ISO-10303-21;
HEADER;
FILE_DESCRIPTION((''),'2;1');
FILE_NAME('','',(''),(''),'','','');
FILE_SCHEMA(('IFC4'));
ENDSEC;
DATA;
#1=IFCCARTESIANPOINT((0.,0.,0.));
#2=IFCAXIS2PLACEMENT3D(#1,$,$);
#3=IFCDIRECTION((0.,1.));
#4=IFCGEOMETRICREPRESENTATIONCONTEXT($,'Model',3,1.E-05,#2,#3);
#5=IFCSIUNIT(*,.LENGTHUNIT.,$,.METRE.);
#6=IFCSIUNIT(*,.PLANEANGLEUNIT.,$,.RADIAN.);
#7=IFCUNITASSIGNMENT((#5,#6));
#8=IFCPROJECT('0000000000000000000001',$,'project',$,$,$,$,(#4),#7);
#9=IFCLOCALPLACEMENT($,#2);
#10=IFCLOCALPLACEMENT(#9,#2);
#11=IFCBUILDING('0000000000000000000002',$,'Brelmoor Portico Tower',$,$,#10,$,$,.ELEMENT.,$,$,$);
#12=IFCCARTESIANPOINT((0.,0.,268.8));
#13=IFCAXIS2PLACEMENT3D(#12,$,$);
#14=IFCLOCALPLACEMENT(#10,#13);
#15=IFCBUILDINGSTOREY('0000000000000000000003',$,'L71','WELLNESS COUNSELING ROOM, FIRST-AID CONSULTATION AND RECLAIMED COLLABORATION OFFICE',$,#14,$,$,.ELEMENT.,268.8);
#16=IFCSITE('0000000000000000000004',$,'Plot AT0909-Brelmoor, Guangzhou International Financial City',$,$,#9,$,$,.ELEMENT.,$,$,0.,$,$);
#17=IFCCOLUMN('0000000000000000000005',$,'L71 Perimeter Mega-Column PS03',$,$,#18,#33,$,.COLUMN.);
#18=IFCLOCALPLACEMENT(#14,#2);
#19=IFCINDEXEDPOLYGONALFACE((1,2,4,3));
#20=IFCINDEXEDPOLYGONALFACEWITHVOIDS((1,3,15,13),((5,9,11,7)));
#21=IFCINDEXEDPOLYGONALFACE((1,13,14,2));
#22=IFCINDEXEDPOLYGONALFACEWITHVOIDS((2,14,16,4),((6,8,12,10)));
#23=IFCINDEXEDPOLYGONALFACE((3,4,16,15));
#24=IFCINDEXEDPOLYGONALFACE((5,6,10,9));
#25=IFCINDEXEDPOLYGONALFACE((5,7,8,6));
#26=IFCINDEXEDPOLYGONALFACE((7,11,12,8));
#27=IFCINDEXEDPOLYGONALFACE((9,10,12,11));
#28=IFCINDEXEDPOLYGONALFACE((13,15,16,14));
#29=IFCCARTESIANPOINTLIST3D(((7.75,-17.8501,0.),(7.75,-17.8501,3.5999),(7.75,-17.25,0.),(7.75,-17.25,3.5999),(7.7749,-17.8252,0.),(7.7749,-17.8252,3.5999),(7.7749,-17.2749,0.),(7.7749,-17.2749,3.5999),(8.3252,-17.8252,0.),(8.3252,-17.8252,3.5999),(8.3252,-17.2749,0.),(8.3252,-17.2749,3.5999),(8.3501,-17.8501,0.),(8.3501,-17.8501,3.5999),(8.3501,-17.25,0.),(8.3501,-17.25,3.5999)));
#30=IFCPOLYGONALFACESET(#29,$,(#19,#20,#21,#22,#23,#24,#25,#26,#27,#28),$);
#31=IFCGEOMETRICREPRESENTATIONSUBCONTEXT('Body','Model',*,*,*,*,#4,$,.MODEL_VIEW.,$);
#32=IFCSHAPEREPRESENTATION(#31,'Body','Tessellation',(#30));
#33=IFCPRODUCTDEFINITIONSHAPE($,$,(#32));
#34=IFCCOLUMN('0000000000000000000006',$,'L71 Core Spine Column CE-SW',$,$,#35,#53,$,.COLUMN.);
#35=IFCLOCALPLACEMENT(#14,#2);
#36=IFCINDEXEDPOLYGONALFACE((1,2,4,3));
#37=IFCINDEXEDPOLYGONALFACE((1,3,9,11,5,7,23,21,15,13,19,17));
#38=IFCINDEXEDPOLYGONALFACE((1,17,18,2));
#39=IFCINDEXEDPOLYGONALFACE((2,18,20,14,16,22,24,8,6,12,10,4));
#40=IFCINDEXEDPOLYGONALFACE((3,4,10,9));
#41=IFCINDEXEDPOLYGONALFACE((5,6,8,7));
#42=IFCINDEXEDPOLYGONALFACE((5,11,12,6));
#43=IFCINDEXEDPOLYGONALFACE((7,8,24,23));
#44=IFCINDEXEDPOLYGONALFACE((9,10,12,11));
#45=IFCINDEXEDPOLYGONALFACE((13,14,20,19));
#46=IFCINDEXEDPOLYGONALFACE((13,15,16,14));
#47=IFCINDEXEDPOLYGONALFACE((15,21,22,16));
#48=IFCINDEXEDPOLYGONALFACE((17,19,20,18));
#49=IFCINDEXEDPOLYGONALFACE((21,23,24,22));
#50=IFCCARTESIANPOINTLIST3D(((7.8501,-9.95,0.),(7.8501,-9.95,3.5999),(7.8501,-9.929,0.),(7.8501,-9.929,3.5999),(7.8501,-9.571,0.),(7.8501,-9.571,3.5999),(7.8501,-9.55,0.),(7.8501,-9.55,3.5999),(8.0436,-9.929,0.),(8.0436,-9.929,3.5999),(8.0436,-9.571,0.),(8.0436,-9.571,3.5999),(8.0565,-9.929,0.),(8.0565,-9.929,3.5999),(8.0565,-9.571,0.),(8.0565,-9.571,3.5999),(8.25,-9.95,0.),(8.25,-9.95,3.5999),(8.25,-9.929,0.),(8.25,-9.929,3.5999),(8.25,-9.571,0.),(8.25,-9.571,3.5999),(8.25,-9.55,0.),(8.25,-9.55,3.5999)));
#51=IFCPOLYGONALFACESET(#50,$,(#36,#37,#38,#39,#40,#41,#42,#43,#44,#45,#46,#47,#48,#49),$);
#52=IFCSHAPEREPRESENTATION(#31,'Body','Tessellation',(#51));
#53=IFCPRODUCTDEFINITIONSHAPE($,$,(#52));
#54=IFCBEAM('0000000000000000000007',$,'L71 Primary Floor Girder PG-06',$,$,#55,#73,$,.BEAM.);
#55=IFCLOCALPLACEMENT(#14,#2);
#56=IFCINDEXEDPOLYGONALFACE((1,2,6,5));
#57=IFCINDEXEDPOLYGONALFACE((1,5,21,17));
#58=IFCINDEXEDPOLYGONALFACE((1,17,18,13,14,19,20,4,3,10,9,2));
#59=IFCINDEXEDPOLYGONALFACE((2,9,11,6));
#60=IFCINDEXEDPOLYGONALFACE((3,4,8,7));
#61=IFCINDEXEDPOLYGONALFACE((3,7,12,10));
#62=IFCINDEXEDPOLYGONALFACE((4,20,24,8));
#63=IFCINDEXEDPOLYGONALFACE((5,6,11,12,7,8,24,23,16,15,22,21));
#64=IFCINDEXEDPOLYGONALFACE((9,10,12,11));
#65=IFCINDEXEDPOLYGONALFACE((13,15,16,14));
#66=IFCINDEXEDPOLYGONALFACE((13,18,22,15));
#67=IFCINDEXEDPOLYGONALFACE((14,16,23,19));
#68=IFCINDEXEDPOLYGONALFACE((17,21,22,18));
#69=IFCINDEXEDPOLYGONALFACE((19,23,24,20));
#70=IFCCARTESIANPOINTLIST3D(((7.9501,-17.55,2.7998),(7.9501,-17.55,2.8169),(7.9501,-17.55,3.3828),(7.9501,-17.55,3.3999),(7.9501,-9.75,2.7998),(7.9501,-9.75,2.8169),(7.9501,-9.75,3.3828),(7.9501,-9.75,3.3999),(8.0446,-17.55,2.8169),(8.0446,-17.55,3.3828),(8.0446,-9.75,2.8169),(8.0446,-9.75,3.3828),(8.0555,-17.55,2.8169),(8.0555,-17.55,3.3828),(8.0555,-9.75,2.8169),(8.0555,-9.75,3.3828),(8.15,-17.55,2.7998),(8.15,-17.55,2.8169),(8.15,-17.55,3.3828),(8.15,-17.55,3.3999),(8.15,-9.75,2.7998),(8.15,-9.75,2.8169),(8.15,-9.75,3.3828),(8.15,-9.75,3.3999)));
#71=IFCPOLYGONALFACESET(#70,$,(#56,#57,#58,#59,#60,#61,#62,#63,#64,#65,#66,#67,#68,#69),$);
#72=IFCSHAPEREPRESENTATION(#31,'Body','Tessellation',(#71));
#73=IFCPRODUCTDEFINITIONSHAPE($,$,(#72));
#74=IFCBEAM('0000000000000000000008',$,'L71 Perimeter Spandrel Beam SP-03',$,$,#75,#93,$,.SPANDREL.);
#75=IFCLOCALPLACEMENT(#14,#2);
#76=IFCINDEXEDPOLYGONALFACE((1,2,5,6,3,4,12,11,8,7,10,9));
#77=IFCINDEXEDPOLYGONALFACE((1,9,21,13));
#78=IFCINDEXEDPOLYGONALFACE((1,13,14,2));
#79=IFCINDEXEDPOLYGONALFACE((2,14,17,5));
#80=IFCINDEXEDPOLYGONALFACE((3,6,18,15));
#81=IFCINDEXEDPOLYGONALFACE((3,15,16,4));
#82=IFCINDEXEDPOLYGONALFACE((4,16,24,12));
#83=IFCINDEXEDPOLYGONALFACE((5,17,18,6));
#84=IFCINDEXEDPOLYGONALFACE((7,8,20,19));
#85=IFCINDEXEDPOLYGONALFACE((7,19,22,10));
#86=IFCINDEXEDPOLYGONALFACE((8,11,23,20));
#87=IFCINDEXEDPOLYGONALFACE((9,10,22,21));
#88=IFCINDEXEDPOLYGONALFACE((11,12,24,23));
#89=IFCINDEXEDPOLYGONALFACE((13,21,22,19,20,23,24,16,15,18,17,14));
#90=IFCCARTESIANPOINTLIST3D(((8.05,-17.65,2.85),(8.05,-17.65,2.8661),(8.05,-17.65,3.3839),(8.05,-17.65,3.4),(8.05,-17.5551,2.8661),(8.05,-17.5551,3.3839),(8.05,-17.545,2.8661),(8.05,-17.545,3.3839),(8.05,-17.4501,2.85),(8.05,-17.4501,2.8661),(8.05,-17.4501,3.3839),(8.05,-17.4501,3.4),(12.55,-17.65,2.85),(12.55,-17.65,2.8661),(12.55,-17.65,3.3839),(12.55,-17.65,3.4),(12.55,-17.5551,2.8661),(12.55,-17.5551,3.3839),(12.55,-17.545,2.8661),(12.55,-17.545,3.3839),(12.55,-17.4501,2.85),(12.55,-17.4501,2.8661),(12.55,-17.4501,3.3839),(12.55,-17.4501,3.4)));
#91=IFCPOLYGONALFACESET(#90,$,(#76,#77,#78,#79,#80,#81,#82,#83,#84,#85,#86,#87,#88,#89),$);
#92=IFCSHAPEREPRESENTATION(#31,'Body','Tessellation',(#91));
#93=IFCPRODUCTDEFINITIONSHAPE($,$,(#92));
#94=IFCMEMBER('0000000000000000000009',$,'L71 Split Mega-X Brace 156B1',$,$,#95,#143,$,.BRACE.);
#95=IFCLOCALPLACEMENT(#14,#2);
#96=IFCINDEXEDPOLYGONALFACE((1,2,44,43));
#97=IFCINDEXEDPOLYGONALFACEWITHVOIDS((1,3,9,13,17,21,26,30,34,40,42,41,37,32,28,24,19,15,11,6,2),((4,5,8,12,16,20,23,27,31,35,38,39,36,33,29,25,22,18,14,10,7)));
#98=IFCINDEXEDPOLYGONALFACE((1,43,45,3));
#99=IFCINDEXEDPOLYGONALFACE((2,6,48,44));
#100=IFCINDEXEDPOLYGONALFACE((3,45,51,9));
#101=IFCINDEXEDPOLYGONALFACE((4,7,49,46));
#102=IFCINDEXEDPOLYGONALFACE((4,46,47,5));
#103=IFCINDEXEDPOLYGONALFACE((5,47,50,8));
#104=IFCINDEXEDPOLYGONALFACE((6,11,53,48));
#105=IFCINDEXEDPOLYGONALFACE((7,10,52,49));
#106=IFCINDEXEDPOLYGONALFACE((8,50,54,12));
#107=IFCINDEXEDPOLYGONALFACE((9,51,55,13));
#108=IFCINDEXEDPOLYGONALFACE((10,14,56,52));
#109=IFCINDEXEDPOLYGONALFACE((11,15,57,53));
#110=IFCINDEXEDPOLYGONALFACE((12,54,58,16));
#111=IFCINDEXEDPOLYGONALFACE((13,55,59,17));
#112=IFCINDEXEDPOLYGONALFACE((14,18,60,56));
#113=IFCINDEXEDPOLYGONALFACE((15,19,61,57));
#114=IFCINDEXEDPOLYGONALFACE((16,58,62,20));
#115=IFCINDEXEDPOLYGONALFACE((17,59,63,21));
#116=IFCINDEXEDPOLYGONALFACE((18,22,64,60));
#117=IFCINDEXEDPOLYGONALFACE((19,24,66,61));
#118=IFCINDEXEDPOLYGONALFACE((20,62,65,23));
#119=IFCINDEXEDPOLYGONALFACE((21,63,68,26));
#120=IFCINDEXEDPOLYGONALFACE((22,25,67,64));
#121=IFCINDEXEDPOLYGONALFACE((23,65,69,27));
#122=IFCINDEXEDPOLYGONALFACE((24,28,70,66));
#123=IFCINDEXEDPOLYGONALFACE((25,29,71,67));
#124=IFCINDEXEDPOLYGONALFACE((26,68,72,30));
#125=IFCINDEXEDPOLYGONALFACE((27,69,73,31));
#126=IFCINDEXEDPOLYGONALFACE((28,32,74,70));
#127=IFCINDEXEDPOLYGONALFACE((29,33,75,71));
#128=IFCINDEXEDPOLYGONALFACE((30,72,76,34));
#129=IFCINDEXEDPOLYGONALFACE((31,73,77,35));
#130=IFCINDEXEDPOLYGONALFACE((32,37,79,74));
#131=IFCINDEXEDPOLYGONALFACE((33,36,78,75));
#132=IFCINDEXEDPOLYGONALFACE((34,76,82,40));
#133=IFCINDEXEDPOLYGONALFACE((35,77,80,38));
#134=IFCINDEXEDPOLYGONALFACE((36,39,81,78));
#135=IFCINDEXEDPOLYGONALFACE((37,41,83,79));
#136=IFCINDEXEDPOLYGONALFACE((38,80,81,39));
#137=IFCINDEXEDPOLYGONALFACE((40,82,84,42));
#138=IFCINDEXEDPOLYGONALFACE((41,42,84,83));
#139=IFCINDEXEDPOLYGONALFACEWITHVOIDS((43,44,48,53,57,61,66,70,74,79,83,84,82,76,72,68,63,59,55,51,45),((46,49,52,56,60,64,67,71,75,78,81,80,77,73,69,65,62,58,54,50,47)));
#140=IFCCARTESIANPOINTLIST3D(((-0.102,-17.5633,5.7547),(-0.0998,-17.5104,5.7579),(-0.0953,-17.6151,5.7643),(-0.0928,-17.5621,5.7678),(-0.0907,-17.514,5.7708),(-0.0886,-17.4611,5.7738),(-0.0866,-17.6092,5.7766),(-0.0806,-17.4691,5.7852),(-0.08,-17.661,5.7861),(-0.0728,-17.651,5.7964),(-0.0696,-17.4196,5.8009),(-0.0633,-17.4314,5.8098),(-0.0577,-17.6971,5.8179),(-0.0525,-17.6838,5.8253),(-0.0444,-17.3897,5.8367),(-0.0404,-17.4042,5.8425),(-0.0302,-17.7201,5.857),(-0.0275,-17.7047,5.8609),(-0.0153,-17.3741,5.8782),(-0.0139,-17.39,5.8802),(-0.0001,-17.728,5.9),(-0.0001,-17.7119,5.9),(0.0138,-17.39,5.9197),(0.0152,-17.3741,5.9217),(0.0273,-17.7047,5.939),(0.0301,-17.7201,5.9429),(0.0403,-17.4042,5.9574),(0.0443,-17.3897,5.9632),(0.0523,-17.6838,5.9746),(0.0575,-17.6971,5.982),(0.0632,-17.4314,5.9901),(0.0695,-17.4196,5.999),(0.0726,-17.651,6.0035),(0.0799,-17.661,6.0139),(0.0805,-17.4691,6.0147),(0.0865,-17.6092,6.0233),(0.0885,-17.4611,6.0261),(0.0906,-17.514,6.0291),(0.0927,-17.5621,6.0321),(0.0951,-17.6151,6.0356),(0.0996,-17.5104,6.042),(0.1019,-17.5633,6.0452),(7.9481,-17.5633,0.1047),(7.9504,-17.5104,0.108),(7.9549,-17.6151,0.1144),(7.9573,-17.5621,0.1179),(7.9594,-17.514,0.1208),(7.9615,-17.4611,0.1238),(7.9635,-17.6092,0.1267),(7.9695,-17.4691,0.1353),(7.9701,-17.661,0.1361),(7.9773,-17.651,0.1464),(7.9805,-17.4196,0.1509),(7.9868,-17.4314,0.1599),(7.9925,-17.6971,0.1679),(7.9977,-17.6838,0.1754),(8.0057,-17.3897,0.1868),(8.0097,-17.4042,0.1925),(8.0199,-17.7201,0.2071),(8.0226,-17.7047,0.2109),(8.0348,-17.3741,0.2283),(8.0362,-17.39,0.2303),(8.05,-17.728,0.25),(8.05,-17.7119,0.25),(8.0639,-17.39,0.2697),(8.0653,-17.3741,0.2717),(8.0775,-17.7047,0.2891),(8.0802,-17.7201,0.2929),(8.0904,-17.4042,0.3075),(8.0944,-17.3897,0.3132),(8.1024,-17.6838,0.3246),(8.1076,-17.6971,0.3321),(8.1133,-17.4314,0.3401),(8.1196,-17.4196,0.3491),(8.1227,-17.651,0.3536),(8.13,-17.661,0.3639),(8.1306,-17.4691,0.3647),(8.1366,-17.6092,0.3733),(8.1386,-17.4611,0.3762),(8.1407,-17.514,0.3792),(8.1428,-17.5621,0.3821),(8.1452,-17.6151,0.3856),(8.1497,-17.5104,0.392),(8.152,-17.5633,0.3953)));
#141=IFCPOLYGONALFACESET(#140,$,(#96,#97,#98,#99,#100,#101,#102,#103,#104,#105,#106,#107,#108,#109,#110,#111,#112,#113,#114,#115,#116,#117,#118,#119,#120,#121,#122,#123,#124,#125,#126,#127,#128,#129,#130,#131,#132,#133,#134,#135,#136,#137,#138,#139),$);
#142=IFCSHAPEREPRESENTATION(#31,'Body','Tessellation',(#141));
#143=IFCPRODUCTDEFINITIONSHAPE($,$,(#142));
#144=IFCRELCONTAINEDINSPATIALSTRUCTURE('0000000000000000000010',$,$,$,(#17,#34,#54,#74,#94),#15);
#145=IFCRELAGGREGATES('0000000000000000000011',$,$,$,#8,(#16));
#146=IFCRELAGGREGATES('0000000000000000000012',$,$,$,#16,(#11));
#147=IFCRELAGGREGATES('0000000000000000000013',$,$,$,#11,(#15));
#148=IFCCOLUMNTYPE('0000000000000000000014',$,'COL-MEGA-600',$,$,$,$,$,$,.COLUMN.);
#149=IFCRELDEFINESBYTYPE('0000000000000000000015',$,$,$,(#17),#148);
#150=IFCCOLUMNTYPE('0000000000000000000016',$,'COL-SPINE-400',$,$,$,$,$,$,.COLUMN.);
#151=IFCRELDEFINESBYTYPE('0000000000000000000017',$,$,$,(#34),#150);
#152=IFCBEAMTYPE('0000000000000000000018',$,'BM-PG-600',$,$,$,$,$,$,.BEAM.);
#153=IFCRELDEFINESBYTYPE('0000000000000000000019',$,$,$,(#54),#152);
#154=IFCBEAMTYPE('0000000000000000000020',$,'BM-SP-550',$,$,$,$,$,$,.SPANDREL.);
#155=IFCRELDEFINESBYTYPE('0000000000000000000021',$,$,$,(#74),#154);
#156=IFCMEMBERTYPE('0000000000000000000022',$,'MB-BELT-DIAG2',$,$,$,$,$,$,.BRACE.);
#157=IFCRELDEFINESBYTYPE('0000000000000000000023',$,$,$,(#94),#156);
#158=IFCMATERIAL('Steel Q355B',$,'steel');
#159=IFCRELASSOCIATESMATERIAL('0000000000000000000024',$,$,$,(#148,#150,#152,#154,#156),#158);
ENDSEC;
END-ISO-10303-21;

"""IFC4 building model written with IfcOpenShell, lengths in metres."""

from ifc_helpers import new_model, si_unit, direction, frame, origin, origin_2d, place, context, subcontext, project, spatial, hollow_rectangle, hollow_circle, i_section, extrude, material, material_profile, profile_set, type_object, element, save


model = new_model("IFC4")

# Units and contexts
model_context = context("Model", 3, precision=1e-05, world=origin(), true_north=direction((0.0, 1.0)))
body_context = subcontext(model_context, "Body", "Model", "MODEL_VIEW")
ifc_project = project(units=[si_unit("LENGTHUNIT", "METRE"), si_unit("PLANEANGLEUNIT", "RADIAN")], contexts=[model_context])

# Site, building, storey
site_placement = place(None, origin())
site = spatial("IfcSite", under=ifc_project, at=site_placement, Name="Plot AT0909-Brelmoor, Guangzhou International Financial City", CompositionType="ELEMENT", RefElevation=0.0)
building_placement = place(site_placement, origin())
building = spatial("IfcBuilding", under=site, at=building_placement, Name="Brelmoor Portico Tower", CompositionType="ELEMENT")
storey_placement = place(building_placement, frame((0.0, 0.0, 268.8)))
storey = spatial("IfcBuildingStorey", under=building, at=storey_placement, Name="L71", Description="WELLNESS COUNSELING ROOM, FIRST-AID CONSULTATION AND RECLAIMED COLLABORATION OFFICE", CompositionType="ELEMENT", Elevation=268.8)

# Columns
ifc_material_1 = material(Name="Steel Q355B", Category="steel")
ifc_material_profile_1 = material_profile(ifc_material_1, hollow_rectangle(XDim=0.6001, YDim=0.6001, WallThickness=0.0249, at=origin_2d()), Name="BOX 600x600x25")
ifc_profile_set_1 = profile_set([ifc_material_profile_1], Name="Steel Q355B")
column_type_1 = type_object("IfcColumnType", Name="COL-MEGA-600", PredefinedType="COLUMN", material=ifc_profile_set_1)
column_1_placement = place(storey_placement, frame((8.05, -17.55, 0.0), z_axis=(0.0, 0.0, 1.0), x_axis=(1.0, 0.0, 0.0)))
element("IfcColumn", 1, at=column_1_placement, inside=storey, type_object=column_type_1, Name="L71 Perimeter Mega-Column PS03", PredefinedType="COLUMN", context=body_context, shape_type="SweptSolid", body=[
    extrude(hollow_rectangle(XDim=0.6001, YDim=0.6001, WallThickness=0.0249, at=origin_2d()), origin(), (0.0, 0.0, 1.0), 3.5999),
])
ifc_material_profile_2 = material_profile(ifc_material_1, i_section(OverallWidth=0.3999, OverallDepth=0.3999, WebThickness=0.0129, FlangeThickness=0.021, at=origin_2d()), Name="HW 400x400x13x21")
ifc_profile_set_2 = profile_set([ifc_material_profile_2], Name="Steel Q355B")
column_type_2 = type_object("IfcColumnType", Name="COL-SPINE-400", PredefinedType="COLUMN", material=ifc_profile_set_2)
column_2_placement = place(storey_placement, frame((8.05, -9.75, 0.0), z_axis=(0.0, 0.0, 1.0), x_axis=(1.0, 0.0, 0.0)))
element("IfcColumn", 2, at=column_2_placement, inside=storey, type_object=column_type_2, Name="L71 Core Spine Column CE-SW", PredefinedType="COLUMN", context=body_context, shape_type="SweptSolid", body=[
    extrude(i_section(OverallWidth=0.3999, OverallDepth=0.3999, WebThickness=0.0129, FlangeThickness=0.021, at=origin_2d()), origin(), (0.0, 0.0, 1.0), 3.5999),
])

# Beams
ifc_material_profile_3 = material_profile(ifc_material_1, i_section(OverallWidth=0.2, OverallDepth=0.6001, WebThickness=0.011, FlangeThickness=0.0171, at=origin_2d()), Name="HN 600x200x11x17")
ifc_profile_set_3 = profile_set([ifc_material_profile_3], Name="Steel Q355B")
beam_type_1 = type_object("IfcBeamType", Name="BM-PG-600", PredefinedType="BEAM", material=ifc_profile_set_3)
beam_1_placement = place(storey_placement, frame((8.05, -17.55, 3.0999), z_axis=(0.0, 1.0, 0.0), x_axis=(-1.0, 0.0, 0.0)))
element("IfcBeam", 3, at=beam_1_placement, inside=storey, type_object=beam_type_1, Name="L71 Primary Floor Girder PG-06", PredefinedType="BEAM", context=body_context, shape_type="SweptSolid", body=[
    extrude(i_section(OverallWidth=0.2, OverallDepth=0.6001, WebThickness=0.011, FlangeThickness=0.0171, at=origin_2d()), origin(), (0.0, 0.0, 1.0), 7.8),
])
ifc_material_profile_4 = material_profile(ifc_material_1, i_section(OverallWidth=0.2, OverallDepth=0.55, WebThickness=0.01, FlangeThickness=0.0161, at=origin_2d()), Name="HN 550x200x10x16")
ifc_profile_set_4 = profile_set([ifc_material_profile_4], Name="Steel Q355B")
beam_type_2 = type_object("IfcBeamType", Name="BM-SP-550", PredefinedType="SPANDREL", material=ifc_profile_set_4)
beam_2_placement = place(storey_placement, frame((8.05, -17.55, 3.125), z_axis=(1.0, 0.0, 0.0), x_axis=(0.0, 1.0, 0.0)))
element("IfcBeam", 4, at=beam_2_placement, inside=storey, type_object=beam_type_2, Name="L71 Perimeter Spandrel Beam SP-03", PredefinedType="SPANDREL", context=body_context, shape_type="SweptSolid", body=[
    extrude(i_section(OverallWidth=0.2, OverallDepth=0.55, WebThickness=0.01, FlangeThickness=0.0161, at=origin_2d()), origin(), (0.0, 0.0, 1.0), 4.5),
])

# Member
ifc_material_profile_5 = material_profile(ifc_material_1, hollow_circle(Radius=0.178, WallThickness=0.0161, at=origin_2d()), Name="CHS 356x16")
ifc_profile_set_5 = profile_set([ifc_material_profile_5], Name="Steel Q355B")
member_type_1 = type_object("IfcMemberType", Name="MB-BELT-DIAG2", PredefinedType="BRACE", material=ifc_profile_set_5)
member_1_placement = place(storey_placement, frame((8.05, -17.55, 0.25), z_axis=(-0.818521, 0.0, 0.574477), x_axis=(0.0, -1.0, 0.0)))
element("IfcMember", 5, at=member_1_placement, inside=storey, type_object=member_type_1, Name="L71 Split Mega-X Brace 156B1", PredefinedType="BRACE", context=body_context, shape_type="SweptSolid", body=[
    extrude(hollow_circle(Radius=0.178, WallThickness=0.0161, at=origin_2d()), origin(), (0.0, 0.0, 1.0), 9.835),
])

save(model, "model.ifc")
